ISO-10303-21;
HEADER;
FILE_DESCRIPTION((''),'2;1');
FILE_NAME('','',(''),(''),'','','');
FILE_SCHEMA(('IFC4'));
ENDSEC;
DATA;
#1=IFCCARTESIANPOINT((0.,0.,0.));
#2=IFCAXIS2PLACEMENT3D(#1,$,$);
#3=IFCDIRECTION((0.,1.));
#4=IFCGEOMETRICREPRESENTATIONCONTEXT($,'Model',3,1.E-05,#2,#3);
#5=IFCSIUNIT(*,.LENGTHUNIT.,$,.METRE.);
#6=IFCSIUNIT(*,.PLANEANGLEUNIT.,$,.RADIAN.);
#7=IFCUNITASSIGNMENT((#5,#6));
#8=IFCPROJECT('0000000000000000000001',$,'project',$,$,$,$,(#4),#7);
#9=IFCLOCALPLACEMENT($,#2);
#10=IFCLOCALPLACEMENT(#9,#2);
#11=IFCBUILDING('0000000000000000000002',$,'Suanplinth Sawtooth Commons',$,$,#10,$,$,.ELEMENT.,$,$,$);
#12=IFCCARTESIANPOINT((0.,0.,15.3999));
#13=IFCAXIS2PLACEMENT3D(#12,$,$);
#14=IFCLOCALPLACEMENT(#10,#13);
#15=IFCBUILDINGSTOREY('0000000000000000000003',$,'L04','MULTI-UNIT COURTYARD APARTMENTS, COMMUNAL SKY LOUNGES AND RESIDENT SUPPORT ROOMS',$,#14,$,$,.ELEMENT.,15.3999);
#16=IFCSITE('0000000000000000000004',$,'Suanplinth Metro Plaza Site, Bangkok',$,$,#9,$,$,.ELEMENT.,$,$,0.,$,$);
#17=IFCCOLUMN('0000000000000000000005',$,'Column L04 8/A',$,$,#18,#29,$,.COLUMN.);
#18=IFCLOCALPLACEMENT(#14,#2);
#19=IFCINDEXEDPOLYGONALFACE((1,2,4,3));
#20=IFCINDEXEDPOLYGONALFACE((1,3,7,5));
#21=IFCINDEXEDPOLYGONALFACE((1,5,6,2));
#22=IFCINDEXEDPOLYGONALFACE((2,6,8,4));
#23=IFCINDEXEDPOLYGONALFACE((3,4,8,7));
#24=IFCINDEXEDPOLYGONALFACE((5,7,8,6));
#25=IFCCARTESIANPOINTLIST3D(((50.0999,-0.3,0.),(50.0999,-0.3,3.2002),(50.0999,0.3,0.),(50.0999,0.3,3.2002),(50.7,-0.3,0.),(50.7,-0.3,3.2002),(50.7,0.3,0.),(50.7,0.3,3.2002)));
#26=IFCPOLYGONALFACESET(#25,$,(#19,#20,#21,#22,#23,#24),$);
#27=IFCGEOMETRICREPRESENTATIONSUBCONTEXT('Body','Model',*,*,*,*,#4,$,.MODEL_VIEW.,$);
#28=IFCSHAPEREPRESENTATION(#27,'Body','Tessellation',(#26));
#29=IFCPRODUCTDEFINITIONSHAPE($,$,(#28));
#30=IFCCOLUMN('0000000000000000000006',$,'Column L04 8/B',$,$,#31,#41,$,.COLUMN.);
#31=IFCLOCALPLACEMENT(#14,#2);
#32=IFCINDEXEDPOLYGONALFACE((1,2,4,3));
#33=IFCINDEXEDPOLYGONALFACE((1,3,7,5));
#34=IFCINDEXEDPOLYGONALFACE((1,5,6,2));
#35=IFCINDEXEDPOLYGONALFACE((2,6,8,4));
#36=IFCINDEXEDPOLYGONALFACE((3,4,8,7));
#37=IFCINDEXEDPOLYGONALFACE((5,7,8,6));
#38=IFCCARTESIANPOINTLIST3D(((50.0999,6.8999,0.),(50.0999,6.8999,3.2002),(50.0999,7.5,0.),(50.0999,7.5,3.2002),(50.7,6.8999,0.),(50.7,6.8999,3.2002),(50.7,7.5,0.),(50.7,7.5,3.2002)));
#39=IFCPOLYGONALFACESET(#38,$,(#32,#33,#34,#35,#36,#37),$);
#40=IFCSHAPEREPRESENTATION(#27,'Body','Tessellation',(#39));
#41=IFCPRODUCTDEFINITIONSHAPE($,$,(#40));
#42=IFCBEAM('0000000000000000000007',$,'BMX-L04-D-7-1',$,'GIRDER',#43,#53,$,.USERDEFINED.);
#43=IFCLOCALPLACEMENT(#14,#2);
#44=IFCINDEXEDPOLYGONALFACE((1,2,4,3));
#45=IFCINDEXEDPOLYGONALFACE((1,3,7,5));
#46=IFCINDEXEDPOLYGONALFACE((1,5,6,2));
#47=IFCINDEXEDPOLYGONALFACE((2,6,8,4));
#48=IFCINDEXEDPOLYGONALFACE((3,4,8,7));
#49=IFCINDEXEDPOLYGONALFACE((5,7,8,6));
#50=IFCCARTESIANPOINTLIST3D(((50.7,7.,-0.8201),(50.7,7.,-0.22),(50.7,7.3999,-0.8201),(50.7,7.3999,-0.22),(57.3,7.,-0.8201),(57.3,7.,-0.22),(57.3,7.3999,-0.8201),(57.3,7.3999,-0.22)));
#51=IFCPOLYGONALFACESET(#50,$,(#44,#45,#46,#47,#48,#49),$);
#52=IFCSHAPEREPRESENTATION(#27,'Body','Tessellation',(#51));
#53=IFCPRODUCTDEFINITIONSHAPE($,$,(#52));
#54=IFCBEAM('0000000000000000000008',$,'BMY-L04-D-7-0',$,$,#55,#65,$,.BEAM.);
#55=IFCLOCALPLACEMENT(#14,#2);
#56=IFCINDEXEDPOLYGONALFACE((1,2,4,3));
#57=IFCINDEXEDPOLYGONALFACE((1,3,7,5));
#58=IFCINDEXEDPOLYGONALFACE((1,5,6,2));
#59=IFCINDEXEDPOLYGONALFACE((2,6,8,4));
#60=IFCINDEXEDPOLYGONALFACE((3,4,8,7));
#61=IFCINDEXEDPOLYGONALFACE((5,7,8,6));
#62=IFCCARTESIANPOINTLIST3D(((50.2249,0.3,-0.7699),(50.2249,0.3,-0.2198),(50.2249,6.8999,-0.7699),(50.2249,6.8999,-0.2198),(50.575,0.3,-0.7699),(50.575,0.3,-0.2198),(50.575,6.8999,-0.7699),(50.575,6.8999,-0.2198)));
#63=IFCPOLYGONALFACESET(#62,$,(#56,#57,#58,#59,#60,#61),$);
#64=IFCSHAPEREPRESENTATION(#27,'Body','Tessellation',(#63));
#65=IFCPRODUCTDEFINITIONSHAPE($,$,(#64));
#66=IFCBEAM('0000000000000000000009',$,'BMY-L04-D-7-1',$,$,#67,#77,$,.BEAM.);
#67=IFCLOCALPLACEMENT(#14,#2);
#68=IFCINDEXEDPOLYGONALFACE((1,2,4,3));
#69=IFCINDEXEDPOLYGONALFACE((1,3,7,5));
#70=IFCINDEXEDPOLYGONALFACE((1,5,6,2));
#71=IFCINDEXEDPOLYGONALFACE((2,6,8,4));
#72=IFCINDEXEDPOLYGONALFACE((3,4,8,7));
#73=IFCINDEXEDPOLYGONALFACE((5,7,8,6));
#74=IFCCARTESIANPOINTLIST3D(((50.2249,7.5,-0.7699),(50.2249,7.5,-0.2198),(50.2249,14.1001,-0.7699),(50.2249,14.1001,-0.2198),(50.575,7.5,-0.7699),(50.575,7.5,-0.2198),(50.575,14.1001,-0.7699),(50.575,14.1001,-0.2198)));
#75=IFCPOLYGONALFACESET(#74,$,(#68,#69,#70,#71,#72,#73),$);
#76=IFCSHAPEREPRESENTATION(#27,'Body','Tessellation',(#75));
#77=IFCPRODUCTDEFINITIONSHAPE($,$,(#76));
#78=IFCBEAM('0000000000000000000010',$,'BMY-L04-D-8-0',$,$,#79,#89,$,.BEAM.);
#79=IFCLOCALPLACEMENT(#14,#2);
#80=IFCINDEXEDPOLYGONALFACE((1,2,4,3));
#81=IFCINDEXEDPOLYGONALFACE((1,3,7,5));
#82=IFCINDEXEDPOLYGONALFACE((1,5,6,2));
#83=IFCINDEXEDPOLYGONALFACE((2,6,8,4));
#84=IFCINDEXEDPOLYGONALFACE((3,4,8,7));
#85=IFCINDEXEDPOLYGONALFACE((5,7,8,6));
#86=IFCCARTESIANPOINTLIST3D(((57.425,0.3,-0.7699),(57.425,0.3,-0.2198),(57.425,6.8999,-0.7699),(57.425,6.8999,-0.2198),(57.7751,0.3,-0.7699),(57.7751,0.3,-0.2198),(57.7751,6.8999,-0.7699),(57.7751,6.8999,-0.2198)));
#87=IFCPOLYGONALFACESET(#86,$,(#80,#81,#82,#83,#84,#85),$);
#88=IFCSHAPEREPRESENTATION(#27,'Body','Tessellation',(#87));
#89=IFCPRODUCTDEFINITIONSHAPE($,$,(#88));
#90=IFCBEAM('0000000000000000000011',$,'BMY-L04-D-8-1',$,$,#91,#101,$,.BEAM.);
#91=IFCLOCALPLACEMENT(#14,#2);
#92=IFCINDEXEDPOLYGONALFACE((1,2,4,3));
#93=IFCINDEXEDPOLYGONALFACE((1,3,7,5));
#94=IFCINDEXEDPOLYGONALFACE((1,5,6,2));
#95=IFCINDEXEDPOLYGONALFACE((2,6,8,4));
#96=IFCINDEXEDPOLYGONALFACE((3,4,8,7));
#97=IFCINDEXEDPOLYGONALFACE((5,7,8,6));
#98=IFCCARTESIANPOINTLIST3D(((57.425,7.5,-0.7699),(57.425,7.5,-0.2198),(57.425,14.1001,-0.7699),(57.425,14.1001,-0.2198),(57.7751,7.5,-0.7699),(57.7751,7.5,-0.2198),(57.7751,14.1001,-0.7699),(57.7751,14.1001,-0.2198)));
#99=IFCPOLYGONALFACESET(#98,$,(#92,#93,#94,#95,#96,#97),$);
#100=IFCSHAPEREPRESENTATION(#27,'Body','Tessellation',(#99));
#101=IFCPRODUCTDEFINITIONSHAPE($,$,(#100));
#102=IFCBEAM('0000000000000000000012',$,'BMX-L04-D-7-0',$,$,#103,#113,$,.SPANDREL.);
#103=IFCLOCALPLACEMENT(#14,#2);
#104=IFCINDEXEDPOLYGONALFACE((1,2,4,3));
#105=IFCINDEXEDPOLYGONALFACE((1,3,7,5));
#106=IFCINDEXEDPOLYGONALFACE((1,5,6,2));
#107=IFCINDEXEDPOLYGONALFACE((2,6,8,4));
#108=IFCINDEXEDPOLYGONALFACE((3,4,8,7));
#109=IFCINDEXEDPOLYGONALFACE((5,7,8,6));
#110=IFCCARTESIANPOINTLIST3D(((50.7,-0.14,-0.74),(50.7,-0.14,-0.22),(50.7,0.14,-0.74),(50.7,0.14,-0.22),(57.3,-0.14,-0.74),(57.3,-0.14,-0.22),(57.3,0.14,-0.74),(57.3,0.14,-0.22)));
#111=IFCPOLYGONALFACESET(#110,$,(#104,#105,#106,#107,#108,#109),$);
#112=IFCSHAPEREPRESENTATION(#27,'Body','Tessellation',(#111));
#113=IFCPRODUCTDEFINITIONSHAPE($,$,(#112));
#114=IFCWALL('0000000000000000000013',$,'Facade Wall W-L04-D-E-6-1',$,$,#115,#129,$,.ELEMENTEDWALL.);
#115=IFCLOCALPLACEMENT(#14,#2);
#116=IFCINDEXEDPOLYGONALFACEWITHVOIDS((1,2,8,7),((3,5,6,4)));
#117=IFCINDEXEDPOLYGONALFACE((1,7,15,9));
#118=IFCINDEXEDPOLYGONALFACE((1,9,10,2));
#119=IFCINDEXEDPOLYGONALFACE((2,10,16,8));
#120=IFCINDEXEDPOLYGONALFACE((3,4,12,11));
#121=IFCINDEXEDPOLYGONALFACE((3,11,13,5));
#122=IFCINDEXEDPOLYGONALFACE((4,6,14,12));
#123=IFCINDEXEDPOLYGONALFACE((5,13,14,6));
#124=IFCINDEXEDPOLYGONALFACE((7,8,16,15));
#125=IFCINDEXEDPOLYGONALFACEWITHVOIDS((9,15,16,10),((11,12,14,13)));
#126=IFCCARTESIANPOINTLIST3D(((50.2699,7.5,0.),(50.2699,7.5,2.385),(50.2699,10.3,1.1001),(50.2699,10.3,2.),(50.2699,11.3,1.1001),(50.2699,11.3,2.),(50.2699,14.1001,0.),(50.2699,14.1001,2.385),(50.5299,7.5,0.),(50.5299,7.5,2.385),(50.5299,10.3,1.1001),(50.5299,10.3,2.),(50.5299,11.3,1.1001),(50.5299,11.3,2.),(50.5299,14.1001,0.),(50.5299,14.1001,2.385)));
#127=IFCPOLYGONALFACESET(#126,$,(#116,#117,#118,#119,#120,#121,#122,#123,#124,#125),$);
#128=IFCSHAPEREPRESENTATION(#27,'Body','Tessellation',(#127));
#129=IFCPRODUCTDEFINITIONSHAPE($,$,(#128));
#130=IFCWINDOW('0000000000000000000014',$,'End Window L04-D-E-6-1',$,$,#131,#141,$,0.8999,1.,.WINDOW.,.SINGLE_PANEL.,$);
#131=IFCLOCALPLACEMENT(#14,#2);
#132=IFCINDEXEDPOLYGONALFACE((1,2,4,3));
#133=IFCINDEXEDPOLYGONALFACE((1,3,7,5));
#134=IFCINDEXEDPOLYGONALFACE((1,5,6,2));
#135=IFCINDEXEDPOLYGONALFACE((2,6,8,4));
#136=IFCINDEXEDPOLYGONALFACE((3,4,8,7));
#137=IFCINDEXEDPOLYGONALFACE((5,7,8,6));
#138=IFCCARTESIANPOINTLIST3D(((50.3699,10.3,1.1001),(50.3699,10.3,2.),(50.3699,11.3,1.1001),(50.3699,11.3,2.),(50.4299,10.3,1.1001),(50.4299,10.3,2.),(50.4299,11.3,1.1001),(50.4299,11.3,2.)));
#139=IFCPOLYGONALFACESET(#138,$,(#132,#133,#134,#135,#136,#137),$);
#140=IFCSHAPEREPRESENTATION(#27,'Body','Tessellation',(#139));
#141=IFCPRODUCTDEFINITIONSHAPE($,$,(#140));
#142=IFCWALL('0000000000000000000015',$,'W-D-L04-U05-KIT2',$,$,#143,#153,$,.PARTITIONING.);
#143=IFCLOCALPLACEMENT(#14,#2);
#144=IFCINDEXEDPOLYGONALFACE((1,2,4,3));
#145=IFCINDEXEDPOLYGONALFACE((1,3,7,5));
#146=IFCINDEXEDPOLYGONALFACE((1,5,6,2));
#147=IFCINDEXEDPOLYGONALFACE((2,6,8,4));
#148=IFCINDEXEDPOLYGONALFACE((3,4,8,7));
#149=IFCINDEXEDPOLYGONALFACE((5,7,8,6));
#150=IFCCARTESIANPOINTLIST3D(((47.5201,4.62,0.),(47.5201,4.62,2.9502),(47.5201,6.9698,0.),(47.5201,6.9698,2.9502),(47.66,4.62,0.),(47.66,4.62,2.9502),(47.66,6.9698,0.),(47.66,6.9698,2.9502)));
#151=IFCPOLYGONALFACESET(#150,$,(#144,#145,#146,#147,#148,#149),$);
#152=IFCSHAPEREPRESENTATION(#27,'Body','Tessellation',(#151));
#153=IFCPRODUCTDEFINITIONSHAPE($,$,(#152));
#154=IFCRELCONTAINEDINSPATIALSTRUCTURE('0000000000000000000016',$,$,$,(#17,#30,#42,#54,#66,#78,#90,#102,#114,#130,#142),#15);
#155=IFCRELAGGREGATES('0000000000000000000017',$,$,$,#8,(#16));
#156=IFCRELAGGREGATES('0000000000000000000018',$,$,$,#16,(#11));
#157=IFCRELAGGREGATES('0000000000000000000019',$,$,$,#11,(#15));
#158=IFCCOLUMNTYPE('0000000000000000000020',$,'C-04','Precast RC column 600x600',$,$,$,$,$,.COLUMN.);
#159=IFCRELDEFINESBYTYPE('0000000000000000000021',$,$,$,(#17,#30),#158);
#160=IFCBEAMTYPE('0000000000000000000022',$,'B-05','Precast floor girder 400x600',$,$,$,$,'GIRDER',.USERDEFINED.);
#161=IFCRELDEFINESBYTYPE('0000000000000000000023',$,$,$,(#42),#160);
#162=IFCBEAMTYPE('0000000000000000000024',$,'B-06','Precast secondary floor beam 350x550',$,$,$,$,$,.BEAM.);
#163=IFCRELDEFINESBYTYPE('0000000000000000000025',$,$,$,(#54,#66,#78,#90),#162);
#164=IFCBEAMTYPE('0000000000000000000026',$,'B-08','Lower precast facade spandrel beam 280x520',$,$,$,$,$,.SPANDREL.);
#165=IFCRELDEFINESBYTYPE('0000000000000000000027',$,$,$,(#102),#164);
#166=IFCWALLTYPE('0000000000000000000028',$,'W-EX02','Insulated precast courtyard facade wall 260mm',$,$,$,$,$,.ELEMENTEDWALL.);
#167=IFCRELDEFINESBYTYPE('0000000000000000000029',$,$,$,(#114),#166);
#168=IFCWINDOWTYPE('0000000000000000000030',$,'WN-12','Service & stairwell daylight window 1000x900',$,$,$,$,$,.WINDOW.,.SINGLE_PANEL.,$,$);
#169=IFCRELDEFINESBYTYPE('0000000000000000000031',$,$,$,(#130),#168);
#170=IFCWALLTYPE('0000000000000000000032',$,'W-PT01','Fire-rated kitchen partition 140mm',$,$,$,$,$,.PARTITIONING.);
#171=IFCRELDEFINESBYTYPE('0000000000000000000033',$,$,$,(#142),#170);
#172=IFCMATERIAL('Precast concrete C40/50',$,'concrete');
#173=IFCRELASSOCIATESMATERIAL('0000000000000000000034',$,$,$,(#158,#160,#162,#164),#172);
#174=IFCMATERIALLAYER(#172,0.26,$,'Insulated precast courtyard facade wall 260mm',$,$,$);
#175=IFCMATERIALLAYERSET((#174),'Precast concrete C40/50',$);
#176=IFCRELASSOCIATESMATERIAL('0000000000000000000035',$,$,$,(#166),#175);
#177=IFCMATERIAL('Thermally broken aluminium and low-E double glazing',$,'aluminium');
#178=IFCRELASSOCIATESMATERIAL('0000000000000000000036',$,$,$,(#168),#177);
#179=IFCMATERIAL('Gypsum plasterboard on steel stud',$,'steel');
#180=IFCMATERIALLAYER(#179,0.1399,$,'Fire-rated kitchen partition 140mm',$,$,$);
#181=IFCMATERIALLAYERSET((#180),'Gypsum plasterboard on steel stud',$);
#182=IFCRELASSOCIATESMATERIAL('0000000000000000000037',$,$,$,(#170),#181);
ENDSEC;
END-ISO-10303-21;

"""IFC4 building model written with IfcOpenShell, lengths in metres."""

from ifc_helpers import new_model, si_unit, direction, frame, frame_2d, origin, origin_2d, place, context, subcontext, project, spatial, rectangle, extrude, material, layer, layer_set, material_profile, profile_set, type_object, element, fill, save


model = new_model("IFC4")

# Units and contexts
model_context = context("Model", 3, precision=1e-05, world=origin(), true_north=direction((0.0, 1.0)))
body_context = subcontext(model_context, "Body", "Model", "MODEL_VIEW")
ifc_project = project(units=[si_unit("LENGTHUNIT", "METRE"), si_unit("PLANEANGLEUNIT", "RADIAN")], contexts=[model_context])

# Site, building, storey
site_placement = place(None, origin())
site = spatial("IfcSite", under=ifc_project, at=site_placement, Name="Suanplinth Metro Plaza Site, Bangkok", CompositionType="ELEMENT", RefElevation=0.0)
building_placement = place(site_placement, origin())
building = spatial("IfcBuilding", under=site, at=building_placement, Name="Suanplinth Sawtooth Commons", CompositionType="ELEMENT")
storey_placement = place(building_placement, frame((0.0, 0.0, 15.3999)))
storey = spatial("IfcBuildingStorey", under=building, at=storey_placement, Name="L04", Description="MULTI-UNIT COURTYARD APARTMENTS, COMMUNAL SKY LOUNGES AND RESIDENT SUPPORT ROOMS", CompositionType="ELEMENT", Elevation=15.3999)

# Columns
ifc_material_1 = material(Name="Precast concrete C40/50", Category="concrete")
ifc_material_profile_1 = material_profile(ifc_material_1, rectangle(XDim=0.6001, YDim=0.6001, at=origin_2d()), Name="PC-COL 600x600")
ifc_profile_set_1 = profile_set([ifc_material_profile_1], Name="Precast concrete C40/50")
column_type = type_object("IfcColumnType", Name="C-04", Description="Precast RC column 600x600", PredefinedType="COLUMN", material=ifc_profile_set_1)
for number, where, z_axis, x_axis, name in (
    (1, (50.3999, 0.0, 0.0), (0.0, 0.0, 1.0), (1.0, 0.0, 0.0), "Column L04 8/A"),
    (2, (50.3999, 7.2, 0.0), (0.0, 0.0, 1.0), (1.0, 0.0, 0.0), "Column L04 8/B"),
):
    element("IfcColumn", number, at=place(storey_placement, frame(where, z_axis=z_axis, x_axis=x_axis)), inside=storey, type_object=column_type, Name=name, PredefinedType="COLUMN", context=body_context, shape_type="SweptSolid", body=[
        extrude(rectangle(XDim=0.6001, YDim=0.6001, at=origin_2d()), origin(), (0.0, 0.0, 1.0), 3.2002),
    ])

# Beams
ifc_material_profile_2 = material_profile(ifc_material_1, rectangle(XDim=0.3999, YDim=0.6001, at=origin_2d()), Name="PC-GDR 400x600")
ifc_profile_set_2 = profile_set([ifc_material_profile_2], Name="Precast concrete C40/50")
beam_type_1 = type_object("IfcBeamType", Name="B-05", Description="Precast floor girder 400x600", ElementType="GIRDER", PredefinedType="USERDEFINED", material=ifc_profile_set_2)
beam_1_placement = place(storey_placement, frame((50.7, 7.2, -0.52), z_axis=(1.0, 0.0, 0.0), x_axis=(0.0, 1.0, 0.0)))
element("IfcBeam", 3, at=beam_1_placement, inside=storey, type_object=beam_type_1, Name="BMX-L04-D-7-1", ObjectType="GIRDER", PredefinedType="USERDEFINED", context=body_context, shape_type="SweptSolid", body=[
    extrude(rectangle(XDim=0.3999, YDim=0.6001, at=origin_2d()), origin(), (0.0, 0.0, 1.0), 6.6001),
])
ifc_material_profile_3 = material_profile(ifc_material_1, rectangle(XDim=0.3501, YDim=0.55, at=origin_2d()), Name="PC-BM 350x550")
ifc_profile_set_3 = profile_set([ifc_material_profile_3], Name="Precast concrete C40/50")
beam_type_2 = type_object("IfcBeamType", Name="B-06", Description="Precast secondary floor beam 350x550", PredefinedType="BEAM", material=ifc_profile_set_3)
beam_2_placement = place(storey_placement, frame((50.3999, 0.3, -0.4949), z_axis=(0.0, 1.0, 0.0), x_axis=(-1.0, 0.0, 0.0)))
element("IfcBeam", 4, at=beam_2_placement, inside=storey, type_object=beam_type_2, Name="BMY-L04-D-7-0", PredefinedType="BEAM", context=body_context, shape_type="SweptSolid", body=[
    extrude(rectangle(XDim=0.3501, YDim=0.55, at=origin_2d()), origin(), (0.0, 0.0, 1.0), 6.5999),
])
beam_3_placement = place(storey_placement, frame((50.3999, 7.5, -0.4949), z_axis=(0.0, 1.0, 0.0), x_axis=(-1.0, 0.0, 0.0)))
element("IfcBeam", 5, at=beam_3_placement, inside=storey, type_object=beam_type_2, Name="BMY-L04-D-7-1", PredefinedType="BEAM", context=body_context, shape_type="SweptSolid", body=[
    extrude(rectangle(XDim=0.3501, YDim=0.55, at=origin_2d()), origin(), (0.0, 0.0, 1.0), 6.6001),
])
beam_4_placement = place(storey_placement, frame((57.6001, 0.3, -0.4949), z_axis=(0.0, 1.0, 0.0), x_axis=(-1.0, 0.0, 0.0)))
element("IfcBeam", 6, at=beam_4_placement, inside=storey, type_object=beam_type_2, Name="BMY-L04-D-8-0", PredefinedType="BEAM", context=body_context, shape_type="SweptSolid", body=[
    extrude(rectangle(XDim=0.3501, YDim=0.55, at=origin_2d()), origin(), (0.0, 0.0, 1.0), 6.5999),
])
beam_5_placement = place(storey_placement, frame((57.6001, 7.5, -0.4949), z_axis=(0.0, 1.0, 0.0), x_axis=(-1.0, 0.0, 0.0)))
element("IfcBeam", 7, at=beam_5_placement, inside=storey, type_object=beam_type_2, Name="BMY-L04-D-8-1", PredefinedType="BEAM", context=body_context, shape_type="SweptSolid", body=[
    extrude(rectangle(XDim=0.3501, YDim=0.55, at=origin_2d()), origin(), (0.0, 0.0, 1.0), 6.6001),
])
ifc_material_profile_4 = material_profile(ifc_material_1, rectangle(XDim=0.28, YDim=0.52, at=origin_2d()), Name="PC-SP 280x520")
ifc_profile_set_4 = profile_set([ifc_material_profile_4], Name="Precast concrete C40/50")
beam_type_3 = type_object("IfcBeamType", Name="B-08", Description="Lower precast facade spandrel beam 280x520", PredefinedType="SPANDREL", material=ifc_profile_set_4)
beam_6_placement = place(storey_placement, frame((50.7, 0.0, -0.48), z_axis=(1.0, 0.0, 0.0), x_axis=(0.0, 1.0, 0.0)))
element("IfcBeam", 8, at=beam_6_placement, inside=storey, type_object=beam_type_3, Name="BMX-L04-D-7-0", PredefinedType="SPANDREL", context=body_context, shape_type="SweptSolid", body=[
    extrude(rectangle(XDim=0.28, YDim=0.52, at=origin_2d()), origin(), (0.0, 0.0, 1.0), 6.6001),
])

# Shared definitions
ifc_layer_1 = layer(ifc_material_1, 0.26, Name="Insulated precast courtyard facade wall 260mm")
ifc_layer_set_1 = layer_set([ifc_layer_1], Name="Precast concrete C40/50")
wall_type_1 = type_object("IfcWallType", Name="W-EX02", Description="Insulated precast courtyard facade wall 260mm", PredefinedType="ELEMENTEDWALL", material=ifc_layer_set_1)
ifc_material_2 = material(Name="Thermally broken aluminium and low-E double glazing", Category="aluminium")

# Wall, opening, window
wall_1_placement = place(storey_placement, frame((50.3999, 7.5, 0.0), z_axis=(0.0, 0.0, 1.0), x_axis=(0.0, 1.0, 0.0)))
wall_1 = element("IfcWall", 9, at=wall_1_placement, inside=storey, type_object=wall_type_1, Name="Facade Wall W-L04-D-E-6-1", PredefinedType="ELEMENTEDWALL", context=body_context, shape_type="SweptSolid", body=[
    extrude(rectangle(XDim=6.6001, YDim=0.26, at=frame_2d((3.3, 0.0))), origin(), (0.0, 0.0, 1.0), 2.385),
])
opening_1_placement = place(wall_1_placement, frame((2.8, 0.0, 1.1001)))
opening_1 = element("IfcOpeningElement", 10, at=opening_1_placement, cuts=wall_1, PredefinedType="OPENING", context=body_context, shape_type="SweptSolid", body=[
    extrude(rectangle(XDim=1.0, YDim=0.8999, at=frame_2d((0.5, 0.45))), frame((0.0, 0.145, 0.0), z_axis=(0.0, -1.0, 0.0), x_axis=(1.0, 0.0, 0.0)), (0.0, 0.0, 1.0), 0.2898),
])
window_type_1 = type_object("IfcWindowType", Name="WN-12", Description="Service & stairwell daylight window 1000x900", PartitioningType="SINGLE_PANEL", PredefinedType="WINDOW", material=ifc_material_2)
window_1_placement = place(opening_1_placement, origin())
window_1 = element("IfcWindow", 11, at=window_1_placement, inside=storey, type_object=window_type_1, Name="End Window L04-D-E-6-1", OverallHeight=0.8999, OverallWidth=1.0, PartitioningType="SINGLE_PANEL", PredefinedType="WINDOW", context=body_context, shape_type="SweptSolid", body=[
    extrude(rectangle(XDim=1.0, YDim=0.8999, at=frame_2d((0.5, 0.45))), frame((0.0, 0.03, 0.0), z_axis=(0.0, -1.0, 0.0), x_axis=(1.0, 0.0, 0.0)), (0.0, 0.0, 1.0), 0.0601),
])
fill(opening_1, window_1)

# Wall
ifc_material_3 = material(Name="Gypsum plasterboard on steel stud", Category="steel")
ifc_layer_2 = layer(ifc_material_3, 0.1399, Name="Fire-rated kitchen partition 140mm")
ifc_layer_set_2 = layer_set([ifc_layer_2], Name="Gypsum plasterboard on steel stud")
wall_type_2 = type_object("IfcWallType", Name="W-PT01", Description="Fire-rated kitchen partition 140mm", PredefinedType="PARTITIONING", material=ifc_layer_set_2)
wall_2_placement = place(storey_placement, frame((47.5901, 4.6201, 0.0), z_axis=(0.0, 0.0, 1.0), x_axis=(0.0, 1.0, 0.0)))
element("IfcWall", 12, at=wall_2_placement, inside=storey, type_object=wall_type_2, Name="W-D-L04-U05-KIT2", PredefinedType="PARTITIONING", context=body_context, shape_type="SweptSolid", body=[
    extrude(rectangle(XDim=2.3499, YDim=0.1399, at=frame_2d((1.1748, 0.0))), origin(), (0.0, 0.0, 1.0), 2.9502),
])

save(model, "model.ifc")
